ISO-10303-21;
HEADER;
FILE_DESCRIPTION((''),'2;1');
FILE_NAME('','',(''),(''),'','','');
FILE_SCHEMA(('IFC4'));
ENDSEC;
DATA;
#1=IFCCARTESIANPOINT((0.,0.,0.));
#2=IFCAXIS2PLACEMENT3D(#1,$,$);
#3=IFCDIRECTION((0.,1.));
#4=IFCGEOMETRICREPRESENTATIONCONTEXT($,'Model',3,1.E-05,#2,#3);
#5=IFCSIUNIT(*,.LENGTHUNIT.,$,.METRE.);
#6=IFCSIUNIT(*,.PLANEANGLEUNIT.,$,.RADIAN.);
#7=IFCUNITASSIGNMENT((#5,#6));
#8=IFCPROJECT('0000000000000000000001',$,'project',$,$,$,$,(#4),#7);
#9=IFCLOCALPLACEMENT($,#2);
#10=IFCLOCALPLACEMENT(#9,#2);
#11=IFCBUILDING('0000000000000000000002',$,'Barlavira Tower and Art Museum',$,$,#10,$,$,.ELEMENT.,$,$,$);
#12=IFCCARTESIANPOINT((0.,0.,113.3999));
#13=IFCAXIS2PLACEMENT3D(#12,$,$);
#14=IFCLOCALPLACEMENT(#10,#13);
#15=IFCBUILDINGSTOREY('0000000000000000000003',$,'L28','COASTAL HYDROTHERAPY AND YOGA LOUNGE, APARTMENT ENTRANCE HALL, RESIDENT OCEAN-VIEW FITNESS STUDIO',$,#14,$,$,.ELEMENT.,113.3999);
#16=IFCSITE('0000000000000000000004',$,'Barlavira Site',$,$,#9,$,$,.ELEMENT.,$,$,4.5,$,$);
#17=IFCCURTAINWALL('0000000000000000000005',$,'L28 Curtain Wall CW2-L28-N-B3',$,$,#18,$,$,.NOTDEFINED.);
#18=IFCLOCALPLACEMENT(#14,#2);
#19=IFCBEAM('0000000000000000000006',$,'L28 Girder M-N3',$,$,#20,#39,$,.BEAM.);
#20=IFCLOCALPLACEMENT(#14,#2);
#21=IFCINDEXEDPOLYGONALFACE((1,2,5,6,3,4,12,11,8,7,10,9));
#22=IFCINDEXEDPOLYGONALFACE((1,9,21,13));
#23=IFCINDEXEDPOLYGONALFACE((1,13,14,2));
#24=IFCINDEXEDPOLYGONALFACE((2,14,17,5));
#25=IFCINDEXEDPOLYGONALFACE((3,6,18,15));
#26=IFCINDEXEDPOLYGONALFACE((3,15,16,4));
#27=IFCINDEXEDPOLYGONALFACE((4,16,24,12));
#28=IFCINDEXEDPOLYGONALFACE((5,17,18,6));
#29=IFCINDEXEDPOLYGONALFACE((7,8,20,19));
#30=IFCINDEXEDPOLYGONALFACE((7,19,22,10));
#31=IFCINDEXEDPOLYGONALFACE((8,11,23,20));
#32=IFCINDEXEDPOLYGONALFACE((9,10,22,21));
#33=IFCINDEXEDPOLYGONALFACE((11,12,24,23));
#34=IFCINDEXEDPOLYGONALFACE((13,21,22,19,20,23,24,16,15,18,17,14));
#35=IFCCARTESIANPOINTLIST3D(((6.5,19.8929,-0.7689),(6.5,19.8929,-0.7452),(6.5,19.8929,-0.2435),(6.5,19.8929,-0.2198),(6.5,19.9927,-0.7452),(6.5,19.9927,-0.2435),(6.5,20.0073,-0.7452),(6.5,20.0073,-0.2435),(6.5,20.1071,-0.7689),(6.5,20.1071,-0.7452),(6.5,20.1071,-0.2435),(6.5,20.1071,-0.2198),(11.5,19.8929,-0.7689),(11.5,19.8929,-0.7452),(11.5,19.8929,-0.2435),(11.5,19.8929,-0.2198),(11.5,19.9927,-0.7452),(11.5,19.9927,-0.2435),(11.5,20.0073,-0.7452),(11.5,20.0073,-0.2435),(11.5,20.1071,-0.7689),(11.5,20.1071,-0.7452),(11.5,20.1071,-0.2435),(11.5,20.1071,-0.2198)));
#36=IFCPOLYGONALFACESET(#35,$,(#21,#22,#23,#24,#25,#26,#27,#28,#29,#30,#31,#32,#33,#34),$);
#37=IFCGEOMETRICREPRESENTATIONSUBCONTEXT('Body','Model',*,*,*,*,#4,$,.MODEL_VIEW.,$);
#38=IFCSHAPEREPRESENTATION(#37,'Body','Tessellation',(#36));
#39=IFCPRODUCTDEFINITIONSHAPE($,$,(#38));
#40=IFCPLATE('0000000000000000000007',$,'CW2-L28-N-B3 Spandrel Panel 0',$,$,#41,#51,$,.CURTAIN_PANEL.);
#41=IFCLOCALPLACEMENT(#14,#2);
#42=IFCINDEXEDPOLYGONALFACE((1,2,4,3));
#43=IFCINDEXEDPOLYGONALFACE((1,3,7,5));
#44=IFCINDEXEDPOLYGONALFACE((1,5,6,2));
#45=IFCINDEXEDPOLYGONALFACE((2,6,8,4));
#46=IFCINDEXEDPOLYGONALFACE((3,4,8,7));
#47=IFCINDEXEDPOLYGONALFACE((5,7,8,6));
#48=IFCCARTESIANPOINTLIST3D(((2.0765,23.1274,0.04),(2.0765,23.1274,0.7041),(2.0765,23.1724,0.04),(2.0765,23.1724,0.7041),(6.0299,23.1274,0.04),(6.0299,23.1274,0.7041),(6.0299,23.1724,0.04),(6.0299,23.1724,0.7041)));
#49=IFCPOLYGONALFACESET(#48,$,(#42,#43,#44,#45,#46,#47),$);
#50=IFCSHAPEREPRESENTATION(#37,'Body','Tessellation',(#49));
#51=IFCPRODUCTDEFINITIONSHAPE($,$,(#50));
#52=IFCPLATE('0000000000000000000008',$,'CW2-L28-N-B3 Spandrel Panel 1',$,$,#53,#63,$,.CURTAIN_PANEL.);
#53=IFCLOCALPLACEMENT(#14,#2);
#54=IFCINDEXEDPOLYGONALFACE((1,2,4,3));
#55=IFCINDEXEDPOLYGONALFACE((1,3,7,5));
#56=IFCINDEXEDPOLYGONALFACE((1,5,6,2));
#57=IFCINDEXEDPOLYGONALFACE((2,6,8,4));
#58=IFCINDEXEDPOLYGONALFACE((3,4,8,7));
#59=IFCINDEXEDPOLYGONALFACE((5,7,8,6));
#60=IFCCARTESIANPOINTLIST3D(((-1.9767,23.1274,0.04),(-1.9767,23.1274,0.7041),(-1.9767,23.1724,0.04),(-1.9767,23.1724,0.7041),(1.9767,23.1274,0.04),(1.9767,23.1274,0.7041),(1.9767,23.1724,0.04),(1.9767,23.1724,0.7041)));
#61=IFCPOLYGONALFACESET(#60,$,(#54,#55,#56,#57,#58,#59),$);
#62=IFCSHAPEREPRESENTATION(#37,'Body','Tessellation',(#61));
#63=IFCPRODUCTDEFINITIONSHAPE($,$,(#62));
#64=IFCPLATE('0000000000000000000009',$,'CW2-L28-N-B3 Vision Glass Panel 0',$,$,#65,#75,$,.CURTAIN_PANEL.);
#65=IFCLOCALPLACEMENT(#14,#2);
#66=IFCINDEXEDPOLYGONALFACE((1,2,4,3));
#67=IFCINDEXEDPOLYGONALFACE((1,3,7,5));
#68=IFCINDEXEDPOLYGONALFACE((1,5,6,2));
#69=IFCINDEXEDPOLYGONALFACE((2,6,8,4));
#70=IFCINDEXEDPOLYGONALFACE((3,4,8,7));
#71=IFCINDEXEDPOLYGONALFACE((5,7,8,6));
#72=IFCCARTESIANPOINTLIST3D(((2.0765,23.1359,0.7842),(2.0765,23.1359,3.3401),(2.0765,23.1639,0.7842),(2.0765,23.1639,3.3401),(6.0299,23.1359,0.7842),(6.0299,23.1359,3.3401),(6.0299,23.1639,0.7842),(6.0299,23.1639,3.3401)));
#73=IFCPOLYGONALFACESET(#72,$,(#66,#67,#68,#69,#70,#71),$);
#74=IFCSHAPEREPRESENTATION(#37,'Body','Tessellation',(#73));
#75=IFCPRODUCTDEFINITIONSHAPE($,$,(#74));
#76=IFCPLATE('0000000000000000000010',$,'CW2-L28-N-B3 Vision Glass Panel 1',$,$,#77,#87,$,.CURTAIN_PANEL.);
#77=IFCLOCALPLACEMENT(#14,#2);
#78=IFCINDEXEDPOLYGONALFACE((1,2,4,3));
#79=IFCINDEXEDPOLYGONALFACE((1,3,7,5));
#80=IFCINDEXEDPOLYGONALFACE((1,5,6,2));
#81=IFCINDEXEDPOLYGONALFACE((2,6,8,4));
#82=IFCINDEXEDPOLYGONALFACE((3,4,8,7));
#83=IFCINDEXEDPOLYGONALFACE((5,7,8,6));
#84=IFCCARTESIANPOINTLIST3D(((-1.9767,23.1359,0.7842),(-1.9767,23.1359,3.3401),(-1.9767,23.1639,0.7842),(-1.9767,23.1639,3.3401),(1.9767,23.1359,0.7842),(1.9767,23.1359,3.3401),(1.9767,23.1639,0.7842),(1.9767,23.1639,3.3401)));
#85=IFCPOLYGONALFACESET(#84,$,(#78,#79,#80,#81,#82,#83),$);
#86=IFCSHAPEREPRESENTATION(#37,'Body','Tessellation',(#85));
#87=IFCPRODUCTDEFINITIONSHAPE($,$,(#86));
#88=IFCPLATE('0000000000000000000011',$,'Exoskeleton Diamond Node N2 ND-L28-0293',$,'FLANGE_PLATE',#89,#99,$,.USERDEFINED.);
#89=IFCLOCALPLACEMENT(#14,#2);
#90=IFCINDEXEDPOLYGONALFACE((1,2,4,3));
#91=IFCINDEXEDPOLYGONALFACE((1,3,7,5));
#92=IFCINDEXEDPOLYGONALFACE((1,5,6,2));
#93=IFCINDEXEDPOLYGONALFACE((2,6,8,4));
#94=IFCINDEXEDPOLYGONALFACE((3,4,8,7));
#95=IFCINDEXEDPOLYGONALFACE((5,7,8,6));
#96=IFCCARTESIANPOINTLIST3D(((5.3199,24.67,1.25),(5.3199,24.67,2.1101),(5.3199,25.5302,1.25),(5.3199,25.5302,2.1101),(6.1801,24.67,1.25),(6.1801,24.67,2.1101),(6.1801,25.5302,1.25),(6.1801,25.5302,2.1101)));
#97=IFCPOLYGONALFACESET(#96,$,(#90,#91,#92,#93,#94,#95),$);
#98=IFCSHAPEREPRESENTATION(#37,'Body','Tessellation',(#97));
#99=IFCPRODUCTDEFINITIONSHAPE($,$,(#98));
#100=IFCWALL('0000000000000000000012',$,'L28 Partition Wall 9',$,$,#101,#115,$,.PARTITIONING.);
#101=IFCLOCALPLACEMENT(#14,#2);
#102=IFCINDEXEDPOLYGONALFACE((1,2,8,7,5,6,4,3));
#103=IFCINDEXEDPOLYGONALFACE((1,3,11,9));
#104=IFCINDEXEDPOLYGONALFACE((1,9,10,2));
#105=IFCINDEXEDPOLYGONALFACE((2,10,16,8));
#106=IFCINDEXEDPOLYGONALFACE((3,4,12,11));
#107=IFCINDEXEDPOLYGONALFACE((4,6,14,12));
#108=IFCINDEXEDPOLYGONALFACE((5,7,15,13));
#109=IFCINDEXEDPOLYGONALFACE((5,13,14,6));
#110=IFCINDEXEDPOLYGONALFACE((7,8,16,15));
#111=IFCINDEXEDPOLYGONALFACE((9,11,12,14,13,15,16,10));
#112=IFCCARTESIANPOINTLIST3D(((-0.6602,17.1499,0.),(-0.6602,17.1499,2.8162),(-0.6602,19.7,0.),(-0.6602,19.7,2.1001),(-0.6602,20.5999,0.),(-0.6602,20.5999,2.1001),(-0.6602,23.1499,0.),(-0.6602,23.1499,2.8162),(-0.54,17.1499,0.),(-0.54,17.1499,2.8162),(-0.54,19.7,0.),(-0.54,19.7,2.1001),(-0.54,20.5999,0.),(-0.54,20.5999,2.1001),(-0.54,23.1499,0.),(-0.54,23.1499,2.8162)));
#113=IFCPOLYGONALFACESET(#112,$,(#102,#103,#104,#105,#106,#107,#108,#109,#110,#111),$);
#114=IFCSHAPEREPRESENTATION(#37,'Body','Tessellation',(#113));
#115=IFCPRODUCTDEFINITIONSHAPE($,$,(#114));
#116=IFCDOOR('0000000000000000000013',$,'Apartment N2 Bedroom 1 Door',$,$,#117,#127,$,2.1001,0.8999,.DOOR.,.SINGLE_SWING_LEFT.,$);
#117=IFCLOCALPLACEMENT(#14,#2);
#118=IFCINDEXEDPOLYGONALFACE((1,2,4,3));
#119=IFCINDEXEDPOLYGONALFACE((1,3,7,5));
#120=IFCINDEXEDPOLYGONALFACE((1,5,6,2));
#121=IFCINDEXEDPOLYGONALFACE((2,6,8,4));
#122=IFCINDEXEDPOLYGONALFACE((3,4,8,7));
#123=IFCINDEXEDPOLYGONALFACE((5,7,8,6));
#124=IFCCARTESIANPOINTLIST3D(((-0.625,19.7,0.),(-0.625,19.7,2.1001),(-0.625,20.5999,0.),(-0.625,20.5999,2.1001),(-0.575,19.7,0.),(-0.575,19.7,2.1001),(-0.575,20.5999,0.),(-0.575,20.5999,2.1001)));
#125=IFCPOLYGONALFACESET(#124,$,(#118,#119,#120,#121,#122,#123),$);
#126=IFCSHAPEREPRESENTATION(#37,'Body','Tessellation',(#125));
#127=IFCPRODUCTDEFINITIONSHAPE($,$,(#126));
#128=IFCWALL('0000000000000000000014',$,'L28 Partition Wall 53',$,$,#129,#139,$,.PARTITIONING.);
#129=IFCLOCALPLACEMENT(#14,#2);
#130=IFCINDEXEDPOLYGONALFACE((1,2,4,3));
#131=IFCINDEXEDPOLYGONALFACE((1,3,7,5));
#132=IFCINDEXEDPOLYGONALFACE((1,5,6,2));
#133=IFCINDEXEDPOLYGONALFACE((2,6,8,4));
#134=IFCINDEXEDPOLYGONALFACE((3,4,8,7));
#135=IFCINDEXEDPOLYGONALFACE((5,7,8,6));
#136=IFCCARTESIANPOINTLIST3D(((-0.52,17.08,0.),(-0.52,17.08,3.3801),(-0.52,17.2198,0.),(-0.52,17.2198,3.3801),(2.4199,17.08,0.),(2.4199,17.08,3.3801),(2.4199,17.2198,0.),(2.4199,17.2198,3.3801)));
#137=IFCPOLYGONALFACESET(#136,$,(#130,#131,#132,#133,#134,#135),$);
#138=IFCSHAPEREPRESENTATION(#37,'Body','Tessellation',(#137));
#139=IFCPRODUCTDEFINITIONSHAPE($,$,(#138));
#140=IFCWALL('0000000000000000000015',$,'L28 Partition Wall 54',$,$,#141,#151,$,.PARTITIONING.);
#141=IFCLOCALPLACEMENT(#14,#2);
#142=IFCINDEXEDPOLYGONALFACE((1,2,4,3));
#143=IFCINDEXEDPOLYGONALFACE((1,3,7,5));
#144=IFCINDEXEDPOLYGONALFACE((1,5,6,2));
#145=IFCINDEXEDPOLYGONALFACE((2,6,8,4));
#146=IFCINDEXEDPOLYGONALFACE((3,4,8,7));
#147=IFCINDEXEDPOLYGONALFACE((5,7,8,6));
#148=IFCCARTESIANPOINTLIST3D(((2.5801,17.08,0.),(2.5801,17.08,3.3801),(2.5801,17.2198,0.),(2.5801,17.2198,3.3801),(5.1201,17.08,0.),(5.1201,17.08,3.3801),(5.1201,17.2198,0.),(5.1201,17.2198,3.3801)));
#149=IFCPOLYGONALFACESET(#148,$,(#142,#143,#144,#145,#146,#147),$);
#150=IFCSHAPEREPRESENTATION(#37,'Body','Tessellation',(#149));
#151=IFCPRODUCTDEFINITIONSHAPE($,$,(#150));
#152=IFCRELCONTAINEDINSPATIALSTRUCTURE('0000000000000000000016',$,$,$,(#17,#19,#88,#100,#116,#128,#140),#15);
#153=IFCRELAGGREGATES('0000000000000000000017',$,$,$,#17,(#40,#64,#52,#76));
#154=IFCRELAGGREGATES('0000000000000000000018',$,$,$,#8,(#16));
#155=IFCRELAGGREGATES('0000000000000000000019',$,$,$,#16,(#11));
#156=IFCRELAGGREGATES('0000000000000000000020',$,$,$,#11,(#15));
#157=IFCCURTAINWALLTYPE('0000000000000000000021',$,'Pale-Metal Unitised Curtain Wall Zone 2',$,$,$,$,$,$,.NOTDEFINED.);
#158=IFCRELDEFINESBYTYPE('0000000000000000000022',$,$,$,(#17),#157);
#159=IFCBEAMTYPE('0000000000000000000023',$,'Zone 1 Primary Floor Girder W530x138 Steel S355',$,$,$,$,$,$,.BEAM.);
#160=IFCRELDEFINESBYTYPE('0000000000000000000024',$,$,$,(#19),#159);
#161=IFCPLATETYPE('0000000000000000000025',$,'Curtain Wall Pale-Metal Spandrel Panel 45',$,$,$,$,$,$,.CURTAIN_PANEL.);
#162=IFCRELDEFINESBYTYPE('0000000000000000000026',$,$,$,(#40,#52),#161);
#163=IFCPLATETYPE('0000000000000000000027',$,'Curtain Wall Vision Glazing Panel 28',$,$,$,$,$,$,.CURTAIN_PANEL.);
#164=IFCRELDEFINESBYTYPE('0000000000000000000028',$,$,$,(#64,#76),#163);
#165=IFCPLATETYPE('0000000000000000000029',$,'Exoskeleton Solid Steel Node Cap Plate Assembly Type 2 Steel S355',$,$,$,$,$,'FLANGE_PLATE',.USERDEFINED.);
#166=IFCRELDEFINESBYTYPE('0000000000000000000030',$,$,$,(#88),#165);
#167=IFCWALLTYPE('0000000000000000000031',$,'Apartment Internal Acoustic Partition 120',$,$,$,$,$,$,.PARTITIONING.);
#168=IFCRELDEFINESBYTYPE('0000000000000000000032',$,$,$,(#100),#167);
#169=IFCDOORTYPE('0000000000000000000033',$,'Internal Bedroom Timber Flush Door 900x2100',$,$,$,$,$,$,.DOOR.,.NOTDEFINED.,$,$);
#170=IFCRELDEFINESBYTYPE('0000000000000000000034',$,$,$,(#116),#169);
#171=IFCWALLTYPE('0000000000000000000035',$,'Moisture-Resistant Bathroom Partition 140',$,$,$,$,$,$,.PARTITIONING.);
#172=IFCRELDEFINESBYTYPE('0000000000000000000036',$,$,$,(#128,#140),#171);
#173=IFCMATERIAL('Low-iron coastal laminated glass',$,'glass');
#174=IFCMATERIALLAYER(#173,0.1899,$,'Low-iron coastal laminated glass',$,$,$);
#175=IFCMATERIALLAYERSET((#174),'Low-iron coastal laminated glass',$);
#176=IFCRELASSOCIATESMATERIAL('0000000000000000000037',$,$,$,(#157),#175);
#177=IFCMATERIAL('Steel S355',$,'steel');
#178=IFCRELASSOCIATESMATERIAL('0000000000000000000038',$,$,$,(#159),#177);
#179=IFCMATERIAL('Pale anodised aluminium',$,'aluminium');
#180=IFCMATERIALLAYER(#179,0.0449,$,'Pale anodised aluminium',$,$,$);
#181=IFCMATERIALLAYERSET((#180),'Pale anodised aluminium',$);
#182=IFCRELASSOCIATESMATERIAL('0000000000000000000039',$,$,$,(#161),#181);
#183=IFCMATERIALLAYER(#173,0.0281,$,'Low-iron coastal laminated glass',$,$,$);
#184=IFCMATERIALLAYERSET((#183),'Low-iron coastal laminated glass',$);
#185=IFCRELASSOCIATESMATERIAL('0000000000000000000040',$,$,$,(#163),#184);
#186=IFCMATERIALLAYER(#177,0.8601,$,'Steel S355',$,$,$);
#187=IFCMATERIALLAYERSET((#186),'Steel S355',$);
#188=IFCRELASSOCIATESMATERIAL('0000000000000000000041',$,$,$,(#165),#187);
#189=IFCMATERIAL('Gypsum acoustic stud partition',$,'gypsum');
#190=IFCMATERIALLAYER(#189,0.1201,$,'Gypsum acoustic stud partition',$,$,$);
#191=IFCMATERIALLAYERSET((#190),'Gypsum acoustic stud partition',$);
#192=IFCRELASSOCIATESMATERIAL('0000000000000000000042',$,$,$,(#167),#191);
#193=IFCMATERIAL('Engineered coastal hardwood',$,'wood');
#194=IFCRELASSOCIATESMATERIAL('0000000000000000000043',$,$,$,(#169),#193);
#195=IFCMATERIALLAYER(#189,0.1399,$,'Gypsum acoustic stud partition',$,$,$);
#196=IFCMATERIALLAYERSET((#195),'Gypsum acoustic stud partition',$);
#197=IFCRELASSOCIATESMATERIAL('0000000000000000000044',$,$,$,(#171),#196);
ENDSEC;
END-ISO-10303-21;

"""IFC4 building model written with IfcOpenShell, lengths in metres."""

from ifc_helpers import new_model, si_unit, direction, frame, frame_2d, origin, origin_2d, place, context, subcontext, project, spatial, rectangle, i_section, extrude, material, layer, layer_set, material_profile, profile_set, type_object, element, fill, aggregate, save


model = new_model("IFC4")

# Units and contexts
model_context = context("Model", 3, precision=1e-05, world=origin(), true_north=direction((0.0, 1.0)))
body_context = subcontext(model_context, "Body", "Model", "MODEL_VIEW")
ifc_project = project(units=[si_unit("LENGTHUNIT", "METRE"), si_unit("PLANEANGLEUNIT", "RADIAN")], contexts=[model_context])

# Site, building, storey
site_placement = place(None, origin())
site = spatial("IfcSite", under=ifc_project, at=site_placement, Name="Barlavira Site", CompositionType="ELEMENT", RefElevation=4.5)
building_placement = place(site_placement, origin())
building = spatial("IfcBuilding", under=site, at=building_placement, Name="Barlavira Tower and Art Museum", CompositionType="ELEMENT")
storey_placement = place(building_placement, frame((0.0, 0.0, 113.3999)))
storey = spatial("IfcBuildingStorey", under=building, at=storey_placement, Name="L28", Description="COASTAL HYDROTHERAPY AND YOGA LOUNGE, APARTMENT ENTRANCE HALL, RESIDENT OCEAN-VIEW FITNESS STUDIO", CompositionType="ELEMENT", Elevation=113.3999)

# Curtain wall
ifc_material_1 = material(Name="Low-iron coastal laminated glass", Category="glass")
ifc_layer_1 = layer(ifc_material_1, 0.1899, Name="Low-iron coastal laminated glass")
ifc_layer_set_1 = layer_set([ifc_layer_1], Name="Low-iron coastal laminated glass")
curtain_wall_type = type_object("IfcCurtainWallType", Name="Pale-Metal Unitised Curtain Wall Zone 2", PredefinedType="NOTDEFINED", material=ifc_layer_set_1)
curtain_wall_placement = place(storey_placement, origin())
curtain_wall = element("IfcCurtainWall", 1, at=curtain_wall_placement, inside=storey, type_object=curtain_wall_type, Name="L28 Curtain Wall CW2-L28-N-B3", PredefinedType="NOTDEFINED")
ifc_material_2 = material(Name="Pale anodised aluminium", Category="aluminium")

# Beam
ifc_material_3 = material(Name="Steel S355", Category="steel")
ifc_material_profile_1 = material_profile(ifc_material_3, i_section(OverallWidth=0.2141, OverallDepth=0.5491, WebThickness=0.0146, FlangeThickness=0.0237, at=origin_2d()), Name="W530x138.0")
ifc_profile_set_1 = profile_set([ifc_material_profile_1], Name="Steel S355")
beam_type = type_object("IfcBeamType", Name="Zone 1 Primary Floor Girder W530x138 Steel S355", PredefinedType="BEAM", material=ifc_profile_set_1)
beam_placement = place(storey_placement, frame((6.5, 20.0, -0.4944), z_axis=(1.0, 0.0, 0.0), x_axis=(0.0, 1.0, 0.0)))
element("IfcBeam", 2, at=beam_placement, inside=storey, type_object=beam_type, Name="L28 Girder M-N3", PredefinedType="BEAM", context=body_context, shape_type="SweptSolid", body=[
    extrude(i_section(OverallWidth=0.2141, OverallDepth=0.5491, WebThickness=0.0146, FlangeThickness=0.0237, at=origin_2d()), origin(), (0.0, 0.0, 1.0), 5.0),
])

# Plates
ifc_layer_2 = layer(ifc_material_2, 0.0449, Name="Pale anodised aluminium")
ifc_layer_set_2 = layer_set([ifc_layer_2], Name="Pale anodised aluminium")
plate_type_1 = type_object("IfcPlateType", Name="Curtain Wall Pale-Metal Spandrel Panel 45", PredefinedType="CURTAIN_PANEL", material=ifc_layer_set_2)
plate_1_placement = place(storey_placement, frame((4.0532, 23.1499, 0.04), z_axis=(0.0, 0.0, 1.0), x_axis=(-1.0, 0.0, 0.0)))
plate_1 = element("IfcPlate", 3, at=plate_1_placement, type_object=plate_type_1, Name="CW2-L28-N-B3 Spandrel Panel 0", PredefinedType="CURTAIN_PANEL", context=body_context, shape_type="SweptSolid", body=[
    extrude(rectangle(XDim=3.9534, YDim=0.0449, at=origin_2d()), origin(), (0.0, 0.0, 1.0), 0.6641),
])
plate_2_placement = place(storey_placement, frame((0.0, 23.1499, 0.04), z_axis=(0.0, 0.0, 1.0), x_axis=(-1.0, 0.0, 0.0)))
plate_2 = element("IfcPlate", 4, at=plate_2_placement, type_object=plate_type_1, Name="CW2-L28-N-B3 Spandrel Panel 1", PredefinedType="CURTAIN_PANEL", context=body_context, shape_type="SweptSolid", body=[
    extrude(rectangle(XDim=3.9534, YDim=0.0449, at=origin_2d()), origin(), (0.0, 0.0, 1.0), 0.6641),
])
ifc_layer_3 = layer(ifc_material_1, 0.0281, Name="Low-iron coastal laminated glass")
ifc_layer_set_3 = layer_set([ifc_layer_3], Name="Low-iron coastal laminated glass")
plate_type_2 = type_object("IfcPlateType", Name="Curtain Wall Vision Glazing Panel 28", PredefinedType="CURTAIN_PANEL", material=ifc_layer_set_3)
plate_3_placement = place(storey_placement, frame((4.0532, 23.1499, 0.7842), z_axis=(0.0, 0.0, 1.0), x_axis=(-1.0, 0.0, 0.0)))
plate_3 = element("IfcPlate", 5, at=plate_3_placement, type_object=plate_type_2, Name="CW2-L28-N-B3 Vision Glass Panel 0", PredefinedType="CURTAIN_PANEL", context=body_context, shape_type="SweptSolid", body=[
    extrude(rectangle(XDim=3.9534, YDim=0.0281, at=origin_2d()), origin(), (0.0, 0.0, 1.0), 2.5559),
])
plate_4_placement = place(storey_placement, frame((0.0, 23.1499, 0.7842), z_axis=(0.0, 0.0, 1.0), x_axis=(-1.0, 0.0, 0.0)))
plate_4 = element("IfcPlate", 6, at=plate_4_placement, type_object=plate_type_2, Name="CW2-L28-N-B3 Vision Glass Panel 1", PredefinedType="CURTAIN_PANEL", context=body_context, shape_type="SweptSolid", body=[
    extrude(rectangle(XDim=3.9534, YDim=0.0281, at=origin_2d()), origin(), (0.0, 0.0, 1.0), 2.5559),
])
aggregate(curtain_wall, [plate_1, plate_3, plate_2, plate_4])
ifc_layer_4 = layer(ifc_material_3, 0.8601, Name="Steel S355")
ifc_layer_set_4 = layer_set([ifc_layer_4], Name="Steel S355")
plate_type_3 = type_object("IfcPlateType", Name="Exoskeleton Solid Steel Node Cap Plate Assembly Type 2 Steel S355", ElementType="FLANGE_PLATE", PredefinedType="USERDEFINED", material=ifc_layer_set_4)
plate_5_placement = place(storey_placement, frame((5.75, 25.1001, 1.25), z_axis=(0.0, 0.0, 1.0), x_axis=(1.0, 0.0, 0.0)))
element("IfcPlate", 7, at=plate_5_placement, inside=storey, type_object=plate_type_3, Name="Exoskeleton Diamond Node N2 ND-L28-0293", ObjectType="FLANGE_PLATE", PredefinedType="USERDEFINED", context=body_context, shape_type="SweptSolid", body=[
    extrude(rectangle(XDim=0.8601, YDim=0.8601, at=origin_2d()), origin(), (0.0, 0.0, 1.0), 0.8601),
])

# Wall, opening, door
ifc_material_4 = material(Name="Gypsum acoustic stud partition", Category="gypsum")
ifc_layer_5 = layer(ifc_material_4, 0.1201, Name="Gypsum acoustic stud partition")
ifc_layer_set_5 = layer_set([ifc_layer_5], Name="Gypsum acoustic stud partition")
wall_type_1 = type_object("IfcWallType", Name="Apartment Internal Acoustic Partition 120", PredefinedType="PARTITIONING", material=ifc_layer_set_5)
wall_1_placement = place(storey_placement, frame((-0.6001, 17.1499, 0.0), z_axis=(0.0, 0.0, 1.0), x_axis=(0.0, 1.0, 0.0)))
wall_1 = element("IfcWall", 8, at=wall_1_placement, inside=storey, type_object=wall_type_1, Name="L28 Partition Wall 9", PredefinedType="PARTITIONING", context=body_context, shape_type="SweptSolid", body=[
    extrude(rectangle(XDim=6.0, YDim=0.1201, at=frame_2d((3.0, 0.0))), origin(), (0.0, 0.0, 1.0), 2.8162),
])
opening_1_placement = place(wall_1_placement, frame((2.55, 0.0, 0.0)))
opening_1 = element("IfcOpeningElement", 9, at=opening_1_placement, cuts=wall_1, PredefinedType="OPENING", context=body_context, shape_type="SweptSolid", body=[
    extrude(rectangle(XDim=0.8999, YDim=2.1001, at=frame_2d((0.45, 1.05))), frame((0.0, 0.0701, 0.0), z_axis=(0.0, -1.0, 0.0), x_axis=(1.0, 0.0, 0.0)), (0.0, 0.0, 1.0), 0.1401),
])
ifc_material_5 = material(Name="Engineered coastal hardwood", Category="wood")
door_type_1 = type_object("IfcDoorType", Name="Internal Bedroom Timber Flush Door 900x2100", OperationType="NOTDEFINED", PredefinedType="DOOR", material=ifc_material_5)
door_1_placement = place(opening_1_placement, origin())
door_1 = element("IfcDoor", 10, at=door_1_placement, inside=storey, type_object=door_type_1, Name="Apartment N2 Bedroom 1 Door", OperationType="SINGLE_SWING_LEFT", OverallHeight=2.1001, OverallWidth=0.8999, PredefinedType="DOOR", context=body_context, shape_type="SweptSolid", body=[
    extrude(rectangle(XDim=0.8999, YDim=2.1001, at=frame_2d((0.45, 1.05))), frame((0.0, 0.0249, 0.0), z_axis=(0.0, -1.0, 0.0), x_axis=(1.0, 0.0, 0.0)), (0.0, 0.0, 1.0), 0.05),
])
fill(opening_1, door_1)

# Walls
ifc_layer_6 = layer(ifc_material_4, 0.1399, Name="Gypsum acoustic stud partition")
ifc_layer_set_6 = layer_set([ifc_layer_6], Name="Gypsum acoustic stud partition")
wall_type_2 = type_object("IfcWallType", Name="Moisture-Resistant Bathroom Partition 140", PredefinedType="PARTITIONING", material=ifc_layer_set_6)
wall_2_placement = place(storey_placement, frame((-0.52, 17.1499, 0.0), z_axis=(0.0, 0.0, 1.0), x_axis=(1.0, 0.0, 0.0)))
element("IfcWall", 11, at=wall_2_placement, inside=storey, type_object=wall_type_2, Name="L28 Partition Wall 53", PredefinedType="PARTITIONING", context=body_context, shape_type="SweptSolid", body=[
    extrude(rectangle(XDim=2.9399, YDim=0.1399, at=frame_2d((1.47, 0.0))), origin(), (0.0, 0.0, 1.0), 3.3801),
])
wall_3_placement = place(storey_placement, frame((2.5801, 17.1499, 0.0), z_axis=(0.0, 0.0, 1.0), x_axis=(1.0, 0.0, 0.0)))
element("IfcWall", 12, at=wall_3_placement, inside=storey, type_object=wall_type_2, Name="L28 Partition Wall 54", PredefinedType="PARTITIONING", context=body_context, shape_type="SweptSolid", body=[
    extrude(rectangle(XDim=2.54, YDim=0.1399, at=frame_2d((1.27, 0.0))), origin(), (0.0, 0.0, 1.0), 3.3801),
])

save(model, "model.ifc")
